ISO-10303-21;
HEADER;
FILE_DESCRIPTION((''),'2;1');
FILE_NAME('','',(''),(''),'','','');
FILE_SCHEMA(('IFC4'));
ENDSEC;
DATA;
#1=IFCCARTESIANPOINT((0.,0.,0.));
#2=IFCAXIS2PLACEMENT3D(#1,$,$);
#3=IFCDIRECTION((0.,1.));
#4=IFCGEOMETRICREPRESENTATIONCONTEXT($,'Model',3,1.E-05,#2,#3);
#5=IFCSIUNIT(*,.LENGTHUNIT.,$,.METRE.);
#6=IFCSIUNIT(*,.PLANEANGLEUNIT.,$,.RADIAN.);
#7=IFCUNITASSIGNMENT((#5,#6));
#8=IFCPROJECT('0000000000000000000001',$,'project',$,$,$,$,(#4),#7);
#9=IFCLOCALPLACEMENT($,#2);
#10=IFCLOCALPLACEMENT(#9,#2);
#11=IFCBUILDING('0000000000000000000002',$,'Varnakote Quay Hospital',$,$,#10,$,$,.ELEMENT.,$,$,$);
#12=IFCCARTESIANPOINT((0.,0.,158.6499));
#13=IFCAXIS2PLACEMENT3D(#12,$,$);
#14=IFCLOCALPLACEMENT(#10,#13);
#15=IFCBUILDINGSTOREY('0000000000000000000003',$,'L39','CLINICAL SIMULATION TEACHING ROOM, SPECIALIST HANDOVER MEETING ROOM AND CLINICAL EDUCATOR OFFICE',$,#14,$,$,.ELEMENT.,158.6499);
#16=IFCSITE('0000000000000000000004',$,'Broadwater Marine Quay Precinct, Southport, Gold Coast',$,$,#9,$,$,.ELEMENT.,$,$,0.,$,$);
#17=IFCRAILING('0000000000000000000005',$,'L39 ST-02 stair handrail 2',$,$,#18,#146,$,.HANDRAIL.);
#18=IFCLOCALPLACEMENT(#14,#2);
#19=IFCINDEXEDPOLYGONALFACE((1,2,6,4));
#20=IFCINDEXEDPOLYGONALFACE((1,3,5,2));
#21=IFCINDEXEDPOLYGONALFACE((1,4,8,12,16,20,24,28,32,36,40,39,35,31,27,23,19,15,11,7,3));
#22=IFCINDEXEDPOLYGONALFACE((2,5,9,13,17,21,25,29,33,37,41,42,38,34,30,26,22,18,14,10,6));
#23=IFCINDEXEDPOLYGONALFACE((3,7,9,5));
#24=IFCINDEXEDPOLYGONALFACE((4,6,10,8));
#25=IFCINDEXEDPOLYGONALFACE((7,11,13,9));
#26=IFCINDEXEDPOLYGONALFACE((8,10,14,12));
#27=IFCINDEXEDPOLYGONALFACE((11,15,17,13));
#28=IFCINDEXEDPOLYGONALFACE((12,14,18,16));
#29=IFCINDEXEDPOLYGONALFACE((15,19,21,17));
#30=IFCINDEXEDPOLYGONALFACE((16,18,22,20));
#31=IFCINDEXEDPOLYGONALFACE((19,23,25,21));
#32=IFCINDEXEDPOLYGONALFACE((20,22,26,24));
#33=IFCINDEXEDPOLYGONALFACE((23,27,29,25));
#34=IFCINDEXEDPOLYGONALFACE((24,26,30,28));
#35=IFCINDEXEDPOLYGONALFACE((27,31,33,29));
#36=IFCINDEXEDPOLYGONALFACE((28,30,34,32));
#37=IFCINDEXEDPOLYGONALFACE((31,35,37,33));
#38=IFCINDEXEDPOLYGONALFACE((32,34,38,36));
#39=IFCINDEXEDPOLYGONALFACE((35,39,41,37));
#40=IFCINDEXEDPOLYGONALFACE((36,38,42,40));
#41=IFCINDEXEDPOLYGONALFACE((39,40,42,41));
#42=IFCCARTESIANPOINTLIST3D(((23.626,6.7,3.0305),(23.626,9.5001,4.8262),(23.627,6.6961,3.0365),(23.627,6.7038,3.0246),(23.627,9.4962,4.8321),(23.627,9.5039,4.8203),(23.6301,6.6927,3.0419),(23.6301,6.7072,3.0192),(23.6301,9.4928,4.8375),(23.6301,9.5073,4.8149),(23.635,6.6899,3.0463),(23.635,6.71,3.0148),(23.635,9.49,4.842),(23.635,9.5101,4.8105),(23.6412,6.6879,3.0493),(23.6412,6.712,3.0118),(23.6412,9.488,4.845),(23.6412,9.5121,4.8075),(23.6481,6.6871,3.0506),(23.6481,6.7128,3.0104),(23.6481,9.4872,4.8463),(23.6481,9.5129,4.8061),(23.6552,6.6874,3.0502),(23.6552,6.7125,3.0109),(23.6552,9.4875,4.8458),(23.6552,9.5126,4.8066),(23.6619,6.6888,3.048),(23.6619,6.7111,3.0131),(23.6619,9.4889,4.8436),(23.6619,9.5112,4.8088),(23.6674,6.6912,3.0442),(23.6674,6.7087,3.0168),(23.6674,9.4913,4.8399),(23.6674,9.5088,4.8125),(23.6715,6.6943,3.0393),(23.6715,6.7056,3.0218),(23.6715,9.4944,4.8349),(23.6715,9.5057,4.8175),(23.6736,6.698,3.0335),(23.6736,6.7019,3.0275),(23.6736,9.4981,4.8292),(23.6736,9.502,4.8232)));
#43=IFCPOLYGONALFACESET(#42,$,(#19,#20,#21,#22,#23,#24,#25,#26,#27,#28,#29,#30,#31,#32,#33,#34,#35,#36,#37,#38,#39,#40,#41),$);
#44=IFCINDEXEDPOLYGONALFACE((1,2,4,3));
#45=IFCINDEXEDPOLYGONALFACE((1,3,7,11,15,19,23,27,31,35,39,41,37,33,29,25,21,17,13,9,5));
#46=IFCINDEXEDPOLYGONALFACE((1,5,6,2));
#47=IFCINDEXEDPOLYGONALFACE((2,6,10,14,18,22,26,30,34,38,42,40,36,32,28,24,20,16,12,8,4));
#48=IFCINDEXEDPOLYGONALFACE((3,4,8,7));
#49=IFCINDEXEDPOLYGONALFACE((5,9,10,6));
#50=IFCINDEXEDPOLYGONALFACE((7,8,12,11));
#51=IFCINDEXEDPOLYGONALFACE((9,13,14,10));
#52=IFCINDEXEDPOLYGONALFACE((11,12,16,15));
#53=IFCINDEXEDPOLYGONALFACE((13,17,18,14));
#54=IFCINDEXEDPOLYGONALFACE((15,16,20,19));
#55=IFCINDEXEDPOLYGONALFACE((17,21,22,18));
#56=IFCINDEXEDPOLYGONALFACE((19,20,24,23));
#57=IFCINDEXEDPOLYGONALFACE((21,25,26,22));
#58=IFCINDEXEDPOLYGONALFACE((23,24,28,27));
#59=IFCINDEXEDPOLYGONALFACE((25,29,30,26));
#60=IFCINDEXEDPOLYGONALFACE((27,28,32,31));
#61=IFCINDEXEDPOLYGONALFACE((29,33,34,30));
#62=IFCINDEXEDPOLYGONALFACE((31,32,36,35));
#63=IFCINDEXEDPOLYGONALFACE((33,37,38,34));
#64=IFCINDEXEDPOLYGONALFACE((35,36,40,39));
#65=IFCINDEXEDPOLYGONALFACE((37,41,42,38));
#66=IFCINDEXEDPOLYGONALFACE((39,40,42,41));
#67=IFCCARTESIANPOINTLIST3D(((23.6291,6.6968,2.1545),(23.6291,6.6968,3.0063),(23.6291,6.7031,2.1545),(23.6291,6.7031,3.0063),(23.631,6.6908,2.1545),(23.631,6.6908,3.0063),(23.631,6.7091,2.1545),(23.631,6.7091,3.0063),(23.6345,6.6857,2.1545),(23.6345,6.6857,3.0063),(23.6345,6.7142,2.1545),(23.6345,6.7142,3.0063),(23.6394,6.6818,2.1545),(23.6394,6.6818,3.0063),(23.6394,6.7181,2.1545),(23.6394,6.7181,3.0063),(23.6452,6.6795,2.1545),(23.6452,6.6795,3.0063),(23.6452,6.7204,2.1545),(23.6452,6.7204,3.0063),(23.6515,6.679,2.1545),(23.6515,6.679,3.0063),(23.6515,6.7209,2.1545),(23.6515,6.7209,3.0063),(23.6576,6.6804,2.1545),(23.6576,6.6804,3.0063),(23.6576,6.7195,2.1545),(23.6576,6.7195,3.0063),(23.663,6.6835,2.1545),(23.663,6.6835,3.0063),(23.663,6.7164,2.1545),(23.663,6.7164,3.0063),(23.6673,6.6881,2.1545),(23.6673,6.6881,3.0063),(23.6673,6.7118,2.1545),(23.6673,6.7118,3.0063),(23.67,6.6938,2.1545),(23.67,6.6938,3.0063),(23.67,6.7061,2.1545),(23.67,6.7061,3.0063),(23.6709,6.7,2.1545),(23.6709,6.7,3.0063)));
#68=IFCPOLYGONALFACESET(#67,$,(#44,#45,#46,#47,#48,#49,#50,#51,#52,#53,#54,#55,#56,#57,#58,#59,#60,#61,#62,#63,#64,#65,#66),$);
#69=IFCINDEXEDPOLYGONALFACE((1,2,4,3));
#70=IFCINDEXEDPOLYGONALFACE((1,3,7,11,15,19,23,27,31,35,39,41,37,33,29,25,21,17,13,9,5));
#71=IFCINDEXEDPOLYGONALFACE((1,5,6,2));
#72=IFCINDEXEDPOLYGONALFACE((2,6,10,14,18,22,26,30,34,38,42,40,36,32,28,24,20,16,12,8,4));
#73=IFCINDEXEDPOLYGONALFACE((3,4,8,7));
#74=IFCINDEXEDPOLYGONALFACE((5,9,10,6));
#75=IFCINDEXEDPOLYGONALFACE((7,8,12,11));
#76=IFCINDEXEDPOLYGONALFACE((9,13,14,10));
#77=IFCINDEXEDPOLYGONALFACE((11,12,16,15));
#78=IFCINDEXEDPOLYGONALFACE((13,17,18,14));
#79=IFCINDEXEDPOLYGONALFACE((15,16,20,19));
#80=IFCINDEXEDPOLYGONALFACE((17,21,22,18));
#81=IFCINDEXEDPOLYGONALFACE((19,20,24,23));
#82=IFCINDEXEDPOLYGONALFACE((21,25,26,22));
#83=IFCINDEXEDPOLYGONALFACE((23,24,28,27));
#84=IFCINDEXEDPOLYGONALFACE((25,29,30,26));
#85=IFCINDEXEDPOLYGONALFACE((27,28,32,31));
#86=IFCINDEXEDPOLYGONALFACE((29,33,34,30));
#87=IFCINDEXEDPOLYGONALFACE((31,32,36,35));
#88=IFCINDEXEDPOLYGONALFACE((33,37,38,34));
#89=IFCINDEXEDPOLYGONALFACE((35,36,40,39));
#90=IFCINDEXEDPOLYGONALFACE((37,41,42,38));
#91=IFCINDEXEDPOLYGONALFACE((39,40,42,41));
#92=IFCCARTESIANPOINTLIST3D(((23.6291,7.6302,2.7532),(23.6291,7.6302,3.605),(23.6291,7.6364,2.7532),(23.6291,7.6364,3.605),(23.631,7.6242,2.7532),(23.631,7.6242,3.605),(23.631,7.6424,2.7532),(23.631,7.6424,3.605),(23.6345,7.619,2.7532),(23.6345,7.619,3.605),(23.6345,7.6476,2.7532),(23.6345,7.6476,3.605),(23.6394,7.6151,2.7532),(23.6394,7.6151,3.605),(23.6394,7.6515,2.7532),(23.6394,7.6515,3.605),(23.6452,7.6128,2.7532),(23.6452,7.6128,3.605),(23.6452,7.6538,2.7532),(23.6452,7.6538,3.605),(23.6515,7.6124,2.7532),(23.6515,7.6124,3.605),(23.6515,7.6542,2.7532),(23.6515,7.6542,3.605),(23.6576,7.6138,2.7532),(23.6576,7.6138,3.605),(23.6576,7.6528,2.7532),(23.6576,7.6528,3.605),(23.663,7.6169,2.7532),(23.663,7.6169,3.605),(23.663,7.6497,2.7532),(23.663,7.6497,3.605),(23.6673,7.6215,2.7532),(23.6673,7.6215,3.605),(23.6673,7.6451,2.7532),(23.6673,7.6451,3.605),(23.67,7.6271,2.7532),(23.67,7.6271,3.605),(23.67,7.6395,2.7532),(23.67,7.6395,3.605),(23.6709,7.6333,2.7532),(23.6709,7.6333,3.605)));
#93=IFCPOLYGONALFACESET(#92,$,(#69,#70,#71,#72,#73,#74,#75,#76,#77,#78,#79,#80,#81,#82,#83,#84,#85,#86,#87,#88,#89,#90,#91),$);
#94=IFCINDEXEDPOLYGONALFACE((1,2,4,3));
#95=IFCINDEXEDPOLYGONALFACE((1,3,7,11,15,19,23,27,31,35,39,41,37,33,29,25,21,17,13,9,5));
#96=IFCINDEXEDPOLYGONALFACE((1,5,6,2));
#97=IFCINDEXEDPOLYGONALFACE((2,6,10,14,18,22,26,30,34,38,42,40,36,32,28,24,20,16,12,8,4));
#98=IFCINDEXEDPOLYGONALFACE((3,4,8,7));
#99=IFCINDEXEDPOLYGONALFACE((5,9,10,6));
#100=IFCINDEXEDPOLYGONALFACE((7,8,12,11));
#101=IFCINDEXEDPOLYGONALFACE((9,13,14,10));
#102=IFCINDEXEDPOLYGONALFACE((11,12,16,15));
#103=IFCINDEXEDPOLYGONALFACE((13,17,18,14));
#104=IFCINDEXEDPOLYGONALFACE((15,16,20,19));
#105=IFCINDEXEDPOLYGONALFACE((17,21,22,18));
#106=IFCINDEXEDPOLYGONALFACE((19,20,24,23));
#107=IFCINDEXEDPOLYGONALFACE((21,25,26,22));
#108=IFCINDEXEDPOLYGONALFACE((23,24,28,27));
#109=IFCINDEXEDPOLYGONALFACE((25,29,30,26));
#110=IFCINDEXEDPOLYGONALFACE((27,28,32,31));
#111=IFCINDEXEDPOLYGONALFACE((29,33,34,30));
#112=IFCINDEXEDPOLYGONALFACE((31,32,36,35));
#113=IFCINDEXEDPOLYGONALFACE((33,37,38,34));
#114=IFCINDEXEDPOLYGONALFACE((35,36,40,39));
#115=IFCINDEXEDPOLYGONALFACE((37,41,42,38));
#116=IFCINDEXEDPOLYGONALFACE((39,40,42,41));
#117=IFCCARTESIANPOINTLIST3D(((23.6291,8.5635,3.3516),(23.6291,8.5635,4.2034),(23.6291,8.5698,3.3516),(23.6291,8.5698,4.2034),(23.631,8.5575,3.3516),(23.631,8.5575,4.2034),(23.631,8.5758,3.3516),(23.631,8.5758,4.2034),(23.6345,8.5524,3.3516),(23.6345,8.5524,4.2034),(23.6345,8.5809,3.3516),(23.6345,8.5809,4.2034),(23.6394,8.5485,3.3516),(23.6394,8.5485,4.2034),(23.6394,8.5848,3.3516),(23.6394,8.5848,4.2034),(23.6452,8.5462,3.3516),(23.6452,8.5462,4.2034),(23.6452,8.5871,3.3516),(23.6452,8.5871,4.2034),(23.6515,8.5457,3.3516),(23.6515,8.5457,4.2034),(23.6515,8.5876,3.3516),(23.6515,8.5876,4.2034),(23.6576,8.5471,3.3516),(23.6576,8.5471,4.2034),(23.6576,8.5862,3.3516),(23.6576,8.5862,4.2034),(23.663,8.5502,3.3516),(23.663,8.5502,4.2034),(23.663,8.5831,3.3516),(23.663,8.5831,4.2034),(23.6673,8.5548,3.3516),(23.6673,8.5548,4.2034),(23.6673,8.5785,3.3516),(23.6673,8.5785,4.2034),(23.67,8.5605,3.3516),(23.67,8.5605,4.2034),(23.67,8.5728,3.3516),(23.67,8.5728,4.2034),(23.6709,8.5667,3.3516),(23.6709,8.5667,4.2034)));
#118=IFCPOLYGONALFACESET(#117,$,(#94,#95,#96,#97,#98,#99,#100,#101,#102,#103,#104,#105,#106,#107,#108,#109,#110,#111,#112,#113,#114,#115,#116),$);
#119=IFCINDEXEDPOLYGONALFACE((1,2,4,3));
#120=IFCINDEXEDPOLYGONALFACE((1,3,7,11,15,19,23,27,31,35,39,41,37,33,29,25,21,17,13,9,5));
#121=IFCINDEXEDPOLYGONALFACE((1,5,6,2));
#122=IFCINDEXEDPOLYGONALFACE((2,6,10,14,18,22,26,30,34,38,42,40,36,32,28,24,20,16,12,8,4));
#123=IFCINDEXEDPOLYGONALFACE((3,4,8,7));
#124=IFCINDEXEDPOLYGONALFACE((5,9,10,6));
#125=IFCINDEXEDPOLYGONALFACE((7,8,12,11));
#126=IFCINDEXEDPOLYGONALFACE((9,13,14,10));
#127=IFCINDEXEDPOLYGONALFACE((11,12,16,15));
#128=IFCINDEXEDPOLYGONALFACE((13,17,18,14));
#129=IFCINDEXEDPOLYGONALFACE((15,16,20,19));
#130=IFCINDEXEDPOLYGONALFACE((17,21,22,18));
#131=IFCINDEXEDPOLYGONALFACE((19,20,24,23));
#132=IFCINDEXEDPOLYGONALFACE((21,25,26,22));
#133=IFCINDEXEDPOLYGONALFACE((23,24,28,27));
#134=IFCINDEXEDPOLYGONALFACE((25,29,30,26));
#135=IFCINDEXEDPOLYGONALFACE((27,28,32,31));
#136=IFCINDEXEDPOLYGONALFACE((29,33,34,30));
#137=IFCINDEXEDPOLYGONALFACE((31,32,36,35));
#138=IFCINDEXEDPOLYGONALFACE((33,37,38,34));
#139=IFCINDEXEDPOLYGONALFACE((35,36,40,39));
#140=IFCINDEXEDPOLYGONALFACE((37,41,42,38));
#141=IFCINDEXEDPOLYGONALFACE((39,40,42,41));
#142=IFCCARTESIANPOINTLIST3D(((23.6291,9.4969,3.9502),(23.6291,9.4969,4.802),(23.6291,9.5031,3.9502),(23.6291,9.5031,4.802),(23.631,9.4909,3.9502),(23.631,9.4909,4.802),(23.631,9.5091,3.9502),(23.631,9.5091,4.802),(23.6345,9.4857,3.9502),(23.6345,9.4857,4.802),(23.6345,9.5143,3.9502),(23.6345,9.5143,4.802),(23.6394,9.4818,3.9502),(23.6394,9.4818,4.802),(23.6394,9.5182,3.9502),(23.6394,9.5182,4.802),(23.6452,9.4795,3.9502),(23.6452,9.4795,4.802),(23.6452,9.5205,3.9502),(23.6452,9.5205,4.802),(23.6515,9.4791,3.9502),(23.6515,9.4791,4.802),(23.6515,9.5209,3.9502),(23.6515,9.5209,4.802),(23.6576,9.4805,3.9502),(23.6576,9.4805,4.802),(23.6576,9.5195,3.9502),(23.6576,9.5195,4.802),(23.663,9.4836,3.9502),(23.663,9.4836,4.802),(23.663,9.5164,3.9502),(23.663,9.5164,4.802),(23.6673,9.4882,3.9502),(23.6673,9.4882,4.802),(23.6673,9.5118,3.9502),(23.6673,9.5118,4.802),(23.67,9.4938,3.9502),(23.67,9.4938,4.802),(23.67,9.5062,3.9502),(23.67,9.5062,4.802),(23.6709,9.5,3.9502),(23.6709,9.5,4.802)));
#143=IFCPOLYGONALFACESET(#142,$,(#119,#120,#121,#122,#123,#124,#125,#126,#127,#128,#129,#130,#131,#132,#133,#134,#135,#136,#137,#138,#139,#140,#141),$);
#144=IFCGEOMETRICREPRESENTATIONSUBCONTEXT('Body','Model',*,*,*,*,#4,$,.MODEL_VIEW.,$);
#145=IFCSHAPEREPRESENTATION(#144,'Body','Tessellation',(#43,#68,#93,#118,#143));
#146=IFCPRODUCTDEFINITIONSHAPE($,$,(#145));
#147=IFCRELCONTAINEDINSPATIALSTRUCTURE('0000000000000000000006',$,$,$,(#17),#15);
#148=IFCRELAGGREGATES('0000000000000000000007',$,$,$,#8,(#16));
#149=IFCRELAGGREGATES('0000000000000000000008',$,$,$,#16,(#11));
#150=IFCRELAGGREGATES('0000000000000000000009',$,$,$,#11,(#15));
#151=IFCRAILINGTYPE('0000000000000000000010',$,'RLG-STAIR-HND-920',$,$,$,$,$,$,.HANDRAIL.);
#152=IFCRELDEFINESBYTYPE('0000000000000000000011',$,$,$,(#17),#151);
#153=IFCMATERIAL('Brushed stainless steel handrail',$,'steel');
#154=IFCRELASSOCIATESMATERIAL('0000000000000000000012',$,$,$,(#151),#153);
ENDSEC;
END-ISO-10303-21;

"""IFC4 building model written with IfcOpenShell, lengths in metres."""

from ifc_helpers import new_model, si_unit, direction, frame, origin, origin_2d, place, context, subcontext, project, spatial, circle, extrude, material, type_object, element, save


model = new_model("IFC4")

# Units and contexts
model_context = context("Model", 3, precision=1e-05, world=origin(), true_north=direction((0.0, 1.0)))
body_context = subcontext(model_context, "Body", "Model", "MODEL_VIEW")
ifc_project = project(units=[si_unit("LENGTHUNIT", "METRE"), si_unit("PLANEANGLEUNIT", "RADIAN")], contexts=[model_context])

# Site, building, storey
site_placement = place(None, origin())
site = spatial("IfcSite", under=ifc_project, at=site_placement, Name="Broadwater Marine Quay Precinct, Southport, Gold Coast", CompositionType="ELEMENT", RefElevation=0.0)
building_placement = place(site_placement, origin())
building = spatial("IfcBuilding", under=site, at=building_placement, Name="Varnakote Quay Hospital", CompositionType="ELEMENT")
storey_placement = place(building_placement, frame((0.0, 0.0, 158.6499)))
storey = spatial("IfcBuildingStorey", under=building, at=storey_placement, Name="L39", Description="CLINICAL SIMULATION TEACHING ROOM, SPECIALIST HANDOVER MEETING ROOM AND CLINICAL EDUCATOR OFFICE", CompositionType="ELEMENT", Elevation=158.6499)

# Railing
ifc_material_1 = material(Name="Brushed stainless steel handrail", Category="steel")
railing_type_1 = type_object("IfcRailingType", Name="RLG-STAIR-HND-920", PredefinedType="HANDRAIL", material=ifc_material_1)
railing_1_placement = place(storey_placement, frame((23.6499, 6.7, 2.1545)))
element("IfcRailing", 1, at=railing_1_placement, inside=storey, type_object=railing_type_1, Name="L39 ST-02 stair handrail 2", PredefinedType="HANDRAIL", context=body_context, shape_type="SweptSolid", body=[
    extrude(circle(Radius=0.0239, at=origin_2d()), frame((0.0, 0.0, 0.876), z_axis=(0.0, 0.841777, 0.539826), x_axis=(-1.0, 0.0, 0.0)), (0.0, 0.0, 1.0), 3.3264),
    extrude(circle(Radius=0.021, at=origin_2d()), origin(), (0.0, 0.0, 1.0), 0.8518),
    extrude(circle(Radius=0.021, at=origin_2d()), frame((0.0, 0.9333, 0.5986)), (0.0, 0.0, 1.0), 0.8518),
    extrude(circle(Radius=0.021, at=origin_2d()), frame((0.0, 1.8667, 1.197)), (0.0, 0.0, 1.0), 0.8518),
    extrude(circle(Radius=0.021, at=origin_2d()), frame((0.0, 2.8, 1.7957)), (0.0, 0.0, 1.0), 0.8518),
])

save(model, "model.ifc")
